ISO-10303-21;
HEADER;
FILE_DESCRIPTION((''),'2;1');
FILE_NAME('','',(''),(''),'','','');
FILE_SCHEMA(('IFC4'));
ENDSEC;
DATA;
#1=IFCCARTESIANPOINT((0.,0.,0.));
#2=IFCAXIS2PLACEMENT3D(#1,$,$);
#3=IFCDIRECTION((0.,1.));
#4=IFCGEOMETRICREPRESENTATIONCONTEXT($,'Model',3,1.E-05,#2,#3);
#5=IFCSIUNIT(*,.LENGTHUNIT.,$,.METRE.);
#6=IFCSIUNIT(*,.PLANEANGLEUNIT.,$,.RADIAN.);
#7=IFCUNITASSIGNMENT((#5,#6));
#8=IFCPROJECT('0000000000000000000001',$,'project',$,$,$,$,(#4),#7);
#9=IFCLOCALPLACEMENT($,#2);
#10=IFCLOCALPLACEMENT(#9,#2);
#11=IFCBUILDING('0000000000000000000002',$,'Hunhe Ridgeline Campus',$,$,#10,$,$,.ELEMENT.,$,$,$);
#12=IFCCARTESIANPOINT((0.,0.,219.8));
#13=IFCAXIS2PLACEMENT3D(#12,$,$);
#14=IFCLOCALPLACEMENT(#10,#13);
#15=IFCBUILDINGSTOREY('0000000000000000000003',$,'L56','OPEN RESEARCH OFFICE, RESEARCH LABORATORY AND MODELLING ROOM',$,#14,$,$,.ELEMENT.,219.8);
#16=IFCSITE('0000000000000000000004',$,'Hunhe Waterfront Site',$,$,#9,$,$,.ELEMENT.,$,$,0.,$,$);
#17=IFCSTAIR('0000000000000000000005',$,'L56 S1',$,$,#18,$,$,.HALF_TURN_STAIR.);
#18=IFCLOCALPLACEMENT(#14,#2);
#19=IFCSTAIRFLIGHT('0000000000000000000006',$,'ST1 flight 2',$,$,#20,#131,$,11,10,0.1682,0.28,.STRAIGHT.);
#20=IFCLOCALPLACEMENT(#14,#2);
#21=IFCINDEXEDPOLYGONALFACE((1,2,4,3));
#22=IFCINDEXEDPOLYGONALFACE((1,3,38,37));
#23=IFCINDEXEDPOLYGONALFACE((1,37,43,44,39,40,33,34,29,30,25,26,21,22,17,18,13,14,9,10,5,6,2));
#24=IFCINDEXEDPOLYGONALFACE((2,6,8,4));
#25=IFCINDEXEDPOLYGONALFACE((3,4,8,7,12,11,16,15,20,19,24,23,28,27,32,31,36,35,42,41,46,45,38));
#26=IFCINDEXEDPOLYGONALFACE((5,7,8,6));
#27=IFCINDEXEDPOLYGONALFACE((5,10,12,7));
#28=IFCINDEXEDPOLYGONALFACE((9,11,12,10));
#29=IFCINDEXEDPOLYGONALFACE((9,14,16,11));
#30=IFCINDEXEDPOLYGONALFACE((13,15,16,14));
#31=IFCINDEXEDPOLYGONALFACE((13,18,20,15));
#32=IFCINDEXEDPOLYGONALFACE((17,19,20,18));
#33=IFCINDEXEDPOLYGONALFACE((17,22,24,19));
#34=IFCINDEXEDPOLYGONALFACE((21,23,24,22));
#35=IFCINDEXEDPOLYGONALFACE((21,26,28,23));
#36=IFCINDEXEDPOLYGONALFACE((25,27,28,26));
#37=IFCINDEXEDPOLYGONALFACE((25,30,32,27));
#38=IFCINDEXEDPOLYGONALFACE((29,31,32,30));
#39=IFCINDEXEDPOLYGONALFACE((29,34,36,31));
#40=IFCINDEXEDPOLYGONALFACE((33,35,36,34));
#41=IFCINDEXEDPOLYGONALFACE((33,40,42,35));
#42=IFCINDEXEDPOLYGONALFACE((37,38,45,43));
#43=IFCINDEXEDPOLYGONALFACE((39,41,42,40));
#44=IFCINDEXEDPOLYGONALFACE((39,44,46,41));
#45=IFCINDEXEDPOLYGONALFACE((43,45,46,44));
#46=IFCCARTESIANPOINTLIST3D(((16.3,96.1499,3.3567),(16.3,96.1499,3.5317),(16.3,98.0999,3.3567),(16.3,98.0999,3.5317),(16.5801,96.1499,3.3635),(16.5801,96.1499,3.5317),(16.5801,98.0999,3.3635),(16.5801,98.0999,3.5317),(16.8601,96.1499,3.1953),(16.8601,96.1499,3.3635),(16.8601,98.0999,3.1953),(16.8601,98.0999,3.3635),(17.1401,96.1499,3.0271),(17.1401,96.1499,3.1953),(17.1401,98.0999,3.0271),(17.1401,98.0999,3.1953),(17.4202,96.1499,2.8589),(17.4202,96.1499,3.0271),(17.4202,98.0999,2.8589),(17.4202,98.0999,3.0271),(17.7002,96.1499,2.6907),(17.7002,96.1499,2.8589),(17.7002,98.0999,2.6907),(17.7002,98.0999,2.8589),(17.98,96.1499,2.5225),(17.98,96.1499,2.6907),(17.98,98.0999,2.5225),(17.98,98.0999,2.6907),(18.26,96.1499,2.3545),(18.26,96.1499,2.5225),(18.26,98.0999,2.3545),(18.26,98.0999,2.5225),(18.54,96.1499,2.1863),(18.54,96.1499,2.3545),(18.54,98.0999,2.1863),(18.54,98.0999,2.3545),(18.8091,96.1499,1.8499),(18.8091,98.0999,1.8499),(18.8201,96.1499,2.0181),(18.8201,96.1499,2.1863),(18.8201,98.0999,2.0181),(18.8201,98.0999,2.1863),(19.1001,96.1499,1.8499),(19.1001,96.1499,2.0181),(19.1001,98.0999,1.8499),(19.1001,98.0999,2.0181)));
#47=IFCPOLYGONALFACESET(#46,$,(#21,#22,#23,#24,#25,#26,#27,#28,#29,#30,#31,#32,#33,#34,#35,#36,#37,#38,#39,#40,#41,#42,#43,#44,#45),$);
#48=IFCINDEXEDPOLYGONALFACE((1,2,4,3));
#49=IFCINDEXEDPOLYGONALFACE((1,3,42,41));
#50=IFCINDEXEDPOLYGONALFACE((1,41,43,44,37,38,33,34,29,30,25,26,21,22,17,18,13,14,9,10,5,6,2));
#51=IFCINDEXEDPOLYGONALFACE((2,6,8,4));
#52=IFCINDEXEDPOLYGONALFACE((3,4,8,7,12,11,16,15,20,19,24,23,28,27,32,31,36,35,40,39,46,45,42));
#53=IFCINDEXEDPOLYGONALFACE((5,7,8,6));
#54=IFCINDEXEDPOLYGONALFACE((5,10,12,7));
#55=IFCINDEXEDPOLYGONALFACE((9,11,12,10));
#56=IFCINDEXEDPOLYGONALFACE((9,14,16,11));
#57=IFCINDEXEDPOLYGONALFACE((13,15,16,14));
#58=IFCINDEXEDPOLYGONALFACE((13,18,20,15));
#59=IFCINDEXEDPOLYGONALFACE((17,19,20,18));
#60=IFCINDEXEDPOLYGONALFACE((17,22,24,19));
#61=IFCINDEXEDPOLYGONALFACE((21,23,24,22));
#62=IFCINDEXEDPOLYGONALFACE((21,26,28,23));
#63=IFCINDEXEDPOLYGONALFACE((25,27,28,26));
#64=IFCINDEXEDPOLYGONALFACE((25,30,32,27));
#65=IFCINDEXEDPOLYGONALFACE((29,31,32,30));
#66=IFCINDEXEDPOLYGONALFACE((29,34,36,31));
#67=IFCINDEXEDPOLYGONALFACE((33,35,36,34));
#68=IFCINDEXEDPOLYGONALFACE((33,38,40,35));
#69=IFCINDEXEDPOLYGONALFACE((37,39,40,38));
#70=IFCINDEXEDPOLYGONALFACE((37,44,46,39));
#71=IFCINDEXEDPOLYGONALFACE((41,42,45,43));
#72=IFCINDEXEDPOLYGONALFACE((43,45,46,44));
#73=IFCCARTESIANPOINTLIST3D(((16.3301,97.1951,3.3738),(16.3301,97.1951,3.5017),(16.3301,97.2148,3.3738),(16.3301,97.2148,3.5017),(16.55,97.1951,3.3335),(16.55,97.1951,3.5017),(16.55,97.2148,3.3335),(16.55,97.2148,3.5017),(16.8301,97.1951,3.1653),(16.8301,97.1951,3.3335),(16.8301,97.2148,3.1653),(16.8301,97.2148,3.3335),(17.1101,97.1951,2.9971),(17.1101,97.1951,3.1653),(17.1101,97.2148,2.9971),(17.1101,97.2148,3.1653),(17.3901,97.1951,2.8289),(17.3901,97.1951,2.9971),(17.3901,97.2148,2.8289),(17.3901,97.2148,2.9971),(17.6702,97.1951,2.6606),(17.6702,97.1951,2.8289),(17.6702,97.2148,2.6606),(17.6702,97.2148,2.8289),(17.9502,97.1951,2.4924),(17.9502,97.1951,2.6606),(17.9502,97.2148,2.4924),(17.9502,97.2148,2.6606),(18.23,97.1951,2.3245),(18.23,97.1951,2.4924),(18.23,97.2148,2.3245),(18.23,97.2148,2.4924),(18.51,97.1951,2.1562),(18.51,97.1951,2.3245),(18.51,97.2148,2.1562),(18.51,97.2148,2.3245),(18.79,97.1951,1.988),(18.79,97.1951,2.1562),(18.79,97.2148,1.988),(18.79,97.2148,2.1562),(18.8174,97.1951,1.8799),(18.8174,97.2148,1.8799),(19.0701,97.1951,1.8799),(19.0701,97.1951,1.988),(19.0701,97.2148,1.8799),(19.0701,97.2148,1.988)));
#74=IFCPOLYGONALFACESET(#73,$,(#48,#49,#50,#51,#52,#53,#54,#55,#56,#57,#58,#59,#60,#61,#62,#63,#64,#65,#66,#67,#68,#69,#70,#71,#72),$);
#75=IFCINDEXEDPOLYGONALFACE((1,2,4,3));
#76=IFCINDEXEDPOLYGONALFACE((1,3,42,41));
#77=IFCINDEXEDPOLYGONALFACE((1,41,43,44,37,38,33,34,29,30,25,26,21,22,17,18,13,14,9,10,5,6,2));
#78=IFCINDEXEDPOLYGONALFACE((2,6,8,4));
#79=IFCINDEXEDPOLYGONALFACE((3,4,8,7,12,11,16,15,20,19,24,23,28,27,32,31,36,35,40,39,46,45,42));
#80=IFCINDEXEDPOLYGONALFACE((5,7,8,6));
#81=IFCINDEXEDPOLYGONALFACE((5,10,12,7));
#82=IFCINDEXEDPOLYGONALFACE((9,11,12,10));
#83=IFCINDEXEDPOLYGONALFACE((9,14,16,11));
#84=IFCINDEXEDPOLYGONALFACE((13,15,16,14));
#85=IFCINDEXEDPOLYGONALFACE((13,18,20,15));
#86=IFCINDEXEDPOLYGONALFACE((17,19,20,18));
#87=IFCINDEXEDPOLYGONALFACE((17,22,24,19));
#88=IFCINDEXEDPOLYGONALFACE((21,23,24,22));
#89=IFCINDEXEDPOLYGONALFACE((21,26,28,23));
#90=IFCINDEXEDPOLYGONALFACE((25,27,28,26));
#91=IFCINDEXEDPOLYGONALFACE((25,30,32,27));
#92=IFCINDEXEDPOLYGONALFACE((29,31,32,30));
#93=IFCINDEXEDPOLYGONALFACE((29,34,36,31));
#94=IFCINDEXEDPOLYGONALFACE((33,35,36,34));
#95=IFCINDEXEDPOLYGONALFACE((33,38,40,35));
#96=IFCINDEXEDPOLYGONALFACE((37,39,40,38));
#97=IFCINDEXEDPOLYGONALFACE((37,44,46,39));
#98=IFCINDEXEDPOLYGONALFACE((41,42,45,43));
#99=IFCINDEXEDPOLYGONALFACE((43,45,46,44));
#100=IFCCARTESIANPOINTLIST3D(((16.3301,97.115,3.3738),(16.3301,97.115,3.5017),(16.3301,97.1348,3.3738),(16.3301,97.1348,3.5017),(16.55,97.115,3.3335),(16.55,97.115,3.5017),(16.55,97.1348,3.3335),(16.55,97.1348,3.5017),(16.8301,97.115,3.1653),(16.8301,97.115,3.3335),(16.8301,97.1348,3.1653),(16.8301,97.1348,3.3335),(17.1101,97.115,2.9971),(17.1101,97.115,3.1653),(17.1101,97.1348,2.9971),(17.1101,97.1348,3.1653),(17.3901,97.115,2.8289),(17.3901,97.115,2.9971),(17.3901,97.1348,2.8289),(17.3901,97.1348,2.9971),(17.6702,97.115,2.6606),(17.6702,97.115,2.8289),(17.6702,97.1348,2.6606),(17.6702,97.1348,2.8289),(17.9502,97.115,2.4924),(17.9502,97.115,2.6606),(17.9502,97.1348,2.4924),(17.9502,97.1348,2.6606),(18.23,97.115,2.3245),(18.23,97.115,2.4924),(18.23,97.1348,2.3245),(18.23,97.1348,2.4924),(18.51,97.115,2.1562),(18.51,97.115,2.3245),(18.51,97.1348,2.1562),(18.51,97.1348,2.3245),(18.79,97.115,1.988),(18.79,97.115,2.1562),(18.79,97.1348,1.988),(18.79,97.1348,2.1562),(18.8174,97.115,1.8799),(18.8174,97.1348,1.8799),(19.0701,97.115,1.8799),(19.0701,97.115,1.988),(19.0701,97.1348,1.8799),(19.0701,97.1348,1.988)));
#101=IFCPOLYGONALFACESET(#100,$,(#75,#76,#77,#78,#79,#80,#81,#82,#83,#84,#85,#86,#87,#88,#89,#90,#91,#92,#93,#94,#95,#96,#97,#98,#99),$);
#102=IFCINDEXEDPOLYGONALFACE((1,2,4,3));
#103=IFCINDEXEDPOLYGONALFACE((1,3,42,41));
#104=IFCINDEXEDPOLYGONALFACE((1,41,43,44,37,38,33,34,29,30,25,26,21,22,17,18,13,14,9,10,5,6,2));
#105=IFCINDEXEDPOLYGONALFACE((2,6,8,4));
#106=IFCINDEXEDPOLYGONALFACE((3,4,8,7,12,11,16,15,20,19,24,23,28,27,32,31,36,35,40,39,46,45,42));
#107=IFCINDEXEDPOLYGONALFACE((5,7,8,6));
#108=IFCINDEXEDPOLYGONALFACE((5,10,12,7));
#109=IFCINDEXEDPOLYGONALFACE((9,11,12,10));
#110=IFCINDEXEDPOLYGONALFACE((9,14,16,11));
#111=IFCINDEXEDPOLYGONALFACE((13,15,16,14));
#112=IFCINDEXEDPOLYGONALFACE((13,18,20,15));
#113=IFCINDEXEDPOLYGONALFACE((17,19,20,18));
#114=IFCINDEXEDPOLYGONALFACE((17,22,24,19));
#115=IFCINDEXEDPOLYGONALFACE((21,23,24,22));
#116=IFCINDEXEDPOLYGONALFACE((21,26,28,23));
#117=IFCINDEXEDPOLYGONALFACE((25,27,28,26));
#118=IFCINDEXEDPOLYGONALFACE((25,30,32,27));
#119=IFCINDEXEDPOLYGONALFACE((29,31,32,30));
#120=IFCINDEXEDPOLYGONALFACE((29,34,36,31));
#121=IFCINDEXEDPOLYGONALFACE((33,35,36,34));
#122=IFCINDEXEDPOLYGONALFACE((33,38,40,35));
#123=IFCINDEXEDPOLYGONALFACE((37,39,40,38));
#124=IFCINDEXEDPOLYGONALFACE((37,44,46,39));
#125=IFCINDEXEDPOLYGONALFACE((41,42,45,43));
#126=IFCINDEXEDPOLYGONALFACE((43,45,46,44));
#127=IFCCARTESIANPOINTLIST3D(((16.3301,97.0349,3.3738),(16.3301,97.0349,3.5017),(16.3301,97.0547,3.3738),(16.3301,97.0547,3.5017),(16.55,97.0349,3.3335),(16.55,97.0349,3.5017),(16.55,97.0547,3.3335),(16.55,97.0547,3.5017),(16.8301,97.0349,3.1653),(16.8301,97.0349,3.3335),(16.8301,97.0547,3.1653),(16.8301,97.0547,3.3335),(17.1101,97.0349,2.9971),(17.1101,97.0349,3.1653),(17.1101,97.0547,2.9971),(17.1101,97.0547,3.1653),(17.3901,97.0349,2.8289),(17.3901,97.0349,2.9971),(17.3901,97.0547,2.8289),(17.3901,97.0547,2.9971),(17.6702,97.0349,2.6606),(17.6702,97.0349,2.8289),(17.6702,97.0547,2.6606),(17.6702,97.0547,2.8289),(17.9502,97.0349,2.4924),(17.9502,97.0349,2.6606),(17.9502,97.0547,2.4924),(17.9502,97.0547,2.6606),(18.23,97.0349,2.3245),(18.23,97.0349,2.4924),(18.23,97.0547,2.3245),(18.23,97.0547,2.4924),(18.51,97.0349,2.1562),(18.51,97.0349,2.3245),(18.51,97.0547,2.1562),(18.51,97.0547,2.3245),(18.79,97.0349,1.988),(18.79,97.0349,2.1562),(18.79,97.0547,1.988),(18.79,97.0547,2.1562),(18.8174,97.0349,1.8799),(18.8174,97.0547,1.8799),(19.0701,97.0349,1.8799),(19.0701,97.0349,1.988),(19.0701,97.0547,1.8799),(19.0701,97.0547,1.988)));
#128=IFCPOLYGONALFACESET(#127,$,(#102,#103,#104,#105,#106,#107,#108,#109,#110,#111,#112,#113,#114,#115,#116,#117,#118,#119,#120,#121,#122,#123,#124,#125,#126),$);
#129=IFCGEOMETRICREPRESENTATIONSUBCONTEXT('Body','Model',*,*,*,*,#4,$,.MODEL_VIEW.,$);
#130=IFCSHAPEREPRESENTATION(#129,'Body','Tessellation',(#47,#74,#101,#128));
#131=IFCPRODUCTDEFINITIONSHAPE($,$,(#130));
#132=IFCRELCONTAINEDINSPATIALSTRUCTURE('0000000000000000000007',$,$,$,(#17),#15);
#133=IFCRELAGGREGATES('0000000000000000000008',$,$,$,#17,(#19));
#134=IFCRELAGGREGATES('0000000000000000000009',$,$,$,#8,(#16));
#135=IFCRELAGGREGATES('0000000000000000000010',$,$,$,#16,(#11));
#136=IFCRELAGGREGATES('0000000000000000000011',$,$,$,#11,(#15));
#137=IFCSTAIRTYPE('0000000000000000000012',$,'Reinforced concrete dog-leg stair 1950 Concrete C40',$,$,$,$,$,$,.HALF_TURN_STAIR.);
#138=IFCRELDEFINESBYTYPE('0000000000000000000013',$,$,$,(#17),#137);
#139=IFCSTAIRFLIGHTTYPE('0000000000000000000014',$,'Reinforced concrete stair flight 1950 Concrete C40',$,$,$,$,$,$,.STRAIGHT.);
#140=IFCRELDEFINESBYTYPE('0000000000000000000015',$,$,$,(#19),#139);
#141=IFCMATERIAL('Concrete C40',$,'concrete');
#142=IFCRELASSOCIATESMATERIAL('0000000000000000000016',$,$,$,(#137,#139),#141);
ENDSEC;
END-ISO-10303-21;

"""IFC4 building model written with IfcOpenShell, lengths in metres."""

from ifc_helpers import new_model, si_unit, direction, frame, origin, place, context, subcontext, project, spatial, polyline, outline, extrude, material, type_object, element, aggregate, save


model = new_model("IFC4")

# Units and contexts
model_context = context("Model", 3, precision=1e-05, world=origin(), true_north=direction((0.0, 1.0)))
body_context = subcontext(model_context, "Body", "Model", "MODEL_VIEW")
ifc_project = project(units=[si_unit("LENGTHUNIT", "METRE"), si_unit("PLANEANGLEUNIT", "RADIAN")], contexts=[model_context])

# Site, building, storey
site_placement = place(None, origin())
site = spatial("IfcSite", under=ifc_project, at=site_placement, Name="Hunhe Waterfront Site", CompositionType="ELEMENT", RefElevation=0.0)
building_placement = place(site_placement, origin())
building = spatial("IfcBuilding", under=site, at=building_placement, Name="Hunhe Ridgeline Campus", CompositionType="ELEMENT")
storey_placement = place(building_placement, frame((0.0, 0.0, 219.8)))
storey = spatial("IfcBuildingStorey", under=building, at=storey_placement, Name="L56", Description="OPEN RESEARCH OFFICE, RESEARCH LABORATORY AND MODELLING ROOM", CompositionType="ELEMENT", Elevation=219.8)

# Stair, stair flight
ifc_material_1 = material(Name="Concrete C40", Category="concrete")
stair_type = type_object("IfcStairType", Name="Reinforced concrete dog-leg stair 1950 Concrete C40", PredefinedType="HALF_TURN_STAIR", material=ifc_material_1)
stair_placement = place(storey_placement, origin())
stair = element("IfcStair", 1, at=stair_placement, inside=storey, type_object=stair_type, Name="L56 S1", PredefinedType="HALF_TURN_STAIR")
stair_flight_type = type_object("IfcStairFlightType", Name="Reinforced concrete stair flight 1950 Concrete C40", PredefinedType="STRAIGHT", material=ifc_material_1)
stair_flight_1_placement = place(storey_placement, frame((19.1001, 97.125, 1.8499), z_axis=(0.0, 0.0, 1.0), x_axis=(-1.0, 0.0, 0.0)))
stair_flight_1 = element("IfcStairFlight", 2, at=stair_flight_1_placement, type_object=stair_flight_type, Name="ST1 flight 2", NumberOfRisers=11, NumberOfTreads=10, PredefinedType="STRAIGHT", RiserHeight=0.1682, TreadLength=0.28, context=body_context, shape_type="SweptSolid", body=[
    extrude(outline(polyline([(0.0, 0.0), (0.0, 0.1682), (0.28, 0.1682), (0.28, 0.3364), (0.5601, 0.3364), (0.5601, 0.5046), (0.8401, 0.5046), (0.8401, 0.6726), (1.1201, 0.6726), (1.1201, 0.8408), (1.3999, 0.8408), (1.3999, 1.009), (1.6799, 1.009), (1.6799, 1.1772), (1.96, 1.1772), (1.96, 1.3455), (2.24, 1.3455), (2.24, 1.5137), (2.52, 1.5137), (2.52, 1.6819), (2.8, 1.6819), (2.8, 1.8501), (2.8, 1.5068), (0.291, 0.0), (0.0, 0.0)])), frame((0.0, 0.9751, 0.0), z_axis=(0.0, -1.0, 0.0), x_axis=(1.0, 0.0, 0.0)), (0.0, 0.0, 1.0), 1.95),
    extrude(outline(polyline([(0.03, 0.03), (0.03, 0.1382), (0.3101, 0.1382), (0.3101, 0.3064), (0.5901, 0.3064), (0.5901, 0.4746), (0.8701, 0.4746), (0.8701, 0.6426), (1.1499, 0.6426), (1.1499, 0.8108), (1.4299, 0.8108), (1.4299, 0.979), (1.71, 0.979), (1.71, 1.1472), (1.99, 1.1472), (1.99, 1.3154), (2.27, 1.3154), (2.27, 1.4836), (2.55, 1.4836), (2.55, 1.6519), (2.77, 1.6519), (2.77, 1.5239), (0.2827, 0.03), (0.03, 0.03)])), frame((0.0, -0.0701, 0.0), z_axis=(0.0, -1.0, 0.0), x_axis=(1.0, 0.0, 0.0)), (0.0, 0.0, 1.0), 0.0198),
    extrude(outline(polyline([(0.03, 0.03), (0.03, 0.1382), (0.3101, 0.1382), (0.3101, 0.3064), (0.5901, 0.3064), (0.5901, 0.4746), (0.8701, 0.4746), (0.8701, 0.6426), (1.1499, 0.6426), (1.1499, 0.8108), (1.4299, 0.8108), (1.4299, 0.979), (1.71, 0.979), (1.71, 1.1472), (1.99, 1.1472), (1.99, 1.3154), (2.27, 1.3154), (2.27, 1.4836), (2.55, 1.4836), (2.55, 1.6519), (2.77, 1.6519), (2.77, 1.5239), (0.2827, 0.03), (0.03, 0.03)])), frame((0.0, 0.01, 0.0), z_axis=(0.0, -1.0, 0.0), x_axis=(1.0, 0.0, 0.0)), (0.0, 0.0, 1.0), 0.0198),
    extrude(outline(polyline([(0.03, 0.03), (0.03, 0.1382), (0.3101, 0.1382), (0.3101, 0.3064), (0.5901, 0.3064), (0.5901, 0.4746), (0.8701, 0.4746), (0.8701, 0.6426), (1.1499, 0.6426), (1.1499, 0.8108), (1.4299, 0.8108), (1.4299, 0.979), (1.71, 0.979), (1.71, 1.1472), (1.99, 1.1472), (1.99, 1.3154), (2.27, 1.3154), (2.27, 1.4836), (2.55, 1.4836), (2.55, 1.6519), (2.77, 1.6519), (2.77, 1.5239), (0.2827, 0.03), (0.03, 0.03)])), frame((0.0, 0.0901, 0.0), z_axis=(0.0, -1.0, 0.0), x_axis=(1.0, 0.0, 0.0)), (0.0, 0.0, 1.0), 0.0198),
])
aggregate(stair, [stair_flight_1])

save(model, "model.ifc")
